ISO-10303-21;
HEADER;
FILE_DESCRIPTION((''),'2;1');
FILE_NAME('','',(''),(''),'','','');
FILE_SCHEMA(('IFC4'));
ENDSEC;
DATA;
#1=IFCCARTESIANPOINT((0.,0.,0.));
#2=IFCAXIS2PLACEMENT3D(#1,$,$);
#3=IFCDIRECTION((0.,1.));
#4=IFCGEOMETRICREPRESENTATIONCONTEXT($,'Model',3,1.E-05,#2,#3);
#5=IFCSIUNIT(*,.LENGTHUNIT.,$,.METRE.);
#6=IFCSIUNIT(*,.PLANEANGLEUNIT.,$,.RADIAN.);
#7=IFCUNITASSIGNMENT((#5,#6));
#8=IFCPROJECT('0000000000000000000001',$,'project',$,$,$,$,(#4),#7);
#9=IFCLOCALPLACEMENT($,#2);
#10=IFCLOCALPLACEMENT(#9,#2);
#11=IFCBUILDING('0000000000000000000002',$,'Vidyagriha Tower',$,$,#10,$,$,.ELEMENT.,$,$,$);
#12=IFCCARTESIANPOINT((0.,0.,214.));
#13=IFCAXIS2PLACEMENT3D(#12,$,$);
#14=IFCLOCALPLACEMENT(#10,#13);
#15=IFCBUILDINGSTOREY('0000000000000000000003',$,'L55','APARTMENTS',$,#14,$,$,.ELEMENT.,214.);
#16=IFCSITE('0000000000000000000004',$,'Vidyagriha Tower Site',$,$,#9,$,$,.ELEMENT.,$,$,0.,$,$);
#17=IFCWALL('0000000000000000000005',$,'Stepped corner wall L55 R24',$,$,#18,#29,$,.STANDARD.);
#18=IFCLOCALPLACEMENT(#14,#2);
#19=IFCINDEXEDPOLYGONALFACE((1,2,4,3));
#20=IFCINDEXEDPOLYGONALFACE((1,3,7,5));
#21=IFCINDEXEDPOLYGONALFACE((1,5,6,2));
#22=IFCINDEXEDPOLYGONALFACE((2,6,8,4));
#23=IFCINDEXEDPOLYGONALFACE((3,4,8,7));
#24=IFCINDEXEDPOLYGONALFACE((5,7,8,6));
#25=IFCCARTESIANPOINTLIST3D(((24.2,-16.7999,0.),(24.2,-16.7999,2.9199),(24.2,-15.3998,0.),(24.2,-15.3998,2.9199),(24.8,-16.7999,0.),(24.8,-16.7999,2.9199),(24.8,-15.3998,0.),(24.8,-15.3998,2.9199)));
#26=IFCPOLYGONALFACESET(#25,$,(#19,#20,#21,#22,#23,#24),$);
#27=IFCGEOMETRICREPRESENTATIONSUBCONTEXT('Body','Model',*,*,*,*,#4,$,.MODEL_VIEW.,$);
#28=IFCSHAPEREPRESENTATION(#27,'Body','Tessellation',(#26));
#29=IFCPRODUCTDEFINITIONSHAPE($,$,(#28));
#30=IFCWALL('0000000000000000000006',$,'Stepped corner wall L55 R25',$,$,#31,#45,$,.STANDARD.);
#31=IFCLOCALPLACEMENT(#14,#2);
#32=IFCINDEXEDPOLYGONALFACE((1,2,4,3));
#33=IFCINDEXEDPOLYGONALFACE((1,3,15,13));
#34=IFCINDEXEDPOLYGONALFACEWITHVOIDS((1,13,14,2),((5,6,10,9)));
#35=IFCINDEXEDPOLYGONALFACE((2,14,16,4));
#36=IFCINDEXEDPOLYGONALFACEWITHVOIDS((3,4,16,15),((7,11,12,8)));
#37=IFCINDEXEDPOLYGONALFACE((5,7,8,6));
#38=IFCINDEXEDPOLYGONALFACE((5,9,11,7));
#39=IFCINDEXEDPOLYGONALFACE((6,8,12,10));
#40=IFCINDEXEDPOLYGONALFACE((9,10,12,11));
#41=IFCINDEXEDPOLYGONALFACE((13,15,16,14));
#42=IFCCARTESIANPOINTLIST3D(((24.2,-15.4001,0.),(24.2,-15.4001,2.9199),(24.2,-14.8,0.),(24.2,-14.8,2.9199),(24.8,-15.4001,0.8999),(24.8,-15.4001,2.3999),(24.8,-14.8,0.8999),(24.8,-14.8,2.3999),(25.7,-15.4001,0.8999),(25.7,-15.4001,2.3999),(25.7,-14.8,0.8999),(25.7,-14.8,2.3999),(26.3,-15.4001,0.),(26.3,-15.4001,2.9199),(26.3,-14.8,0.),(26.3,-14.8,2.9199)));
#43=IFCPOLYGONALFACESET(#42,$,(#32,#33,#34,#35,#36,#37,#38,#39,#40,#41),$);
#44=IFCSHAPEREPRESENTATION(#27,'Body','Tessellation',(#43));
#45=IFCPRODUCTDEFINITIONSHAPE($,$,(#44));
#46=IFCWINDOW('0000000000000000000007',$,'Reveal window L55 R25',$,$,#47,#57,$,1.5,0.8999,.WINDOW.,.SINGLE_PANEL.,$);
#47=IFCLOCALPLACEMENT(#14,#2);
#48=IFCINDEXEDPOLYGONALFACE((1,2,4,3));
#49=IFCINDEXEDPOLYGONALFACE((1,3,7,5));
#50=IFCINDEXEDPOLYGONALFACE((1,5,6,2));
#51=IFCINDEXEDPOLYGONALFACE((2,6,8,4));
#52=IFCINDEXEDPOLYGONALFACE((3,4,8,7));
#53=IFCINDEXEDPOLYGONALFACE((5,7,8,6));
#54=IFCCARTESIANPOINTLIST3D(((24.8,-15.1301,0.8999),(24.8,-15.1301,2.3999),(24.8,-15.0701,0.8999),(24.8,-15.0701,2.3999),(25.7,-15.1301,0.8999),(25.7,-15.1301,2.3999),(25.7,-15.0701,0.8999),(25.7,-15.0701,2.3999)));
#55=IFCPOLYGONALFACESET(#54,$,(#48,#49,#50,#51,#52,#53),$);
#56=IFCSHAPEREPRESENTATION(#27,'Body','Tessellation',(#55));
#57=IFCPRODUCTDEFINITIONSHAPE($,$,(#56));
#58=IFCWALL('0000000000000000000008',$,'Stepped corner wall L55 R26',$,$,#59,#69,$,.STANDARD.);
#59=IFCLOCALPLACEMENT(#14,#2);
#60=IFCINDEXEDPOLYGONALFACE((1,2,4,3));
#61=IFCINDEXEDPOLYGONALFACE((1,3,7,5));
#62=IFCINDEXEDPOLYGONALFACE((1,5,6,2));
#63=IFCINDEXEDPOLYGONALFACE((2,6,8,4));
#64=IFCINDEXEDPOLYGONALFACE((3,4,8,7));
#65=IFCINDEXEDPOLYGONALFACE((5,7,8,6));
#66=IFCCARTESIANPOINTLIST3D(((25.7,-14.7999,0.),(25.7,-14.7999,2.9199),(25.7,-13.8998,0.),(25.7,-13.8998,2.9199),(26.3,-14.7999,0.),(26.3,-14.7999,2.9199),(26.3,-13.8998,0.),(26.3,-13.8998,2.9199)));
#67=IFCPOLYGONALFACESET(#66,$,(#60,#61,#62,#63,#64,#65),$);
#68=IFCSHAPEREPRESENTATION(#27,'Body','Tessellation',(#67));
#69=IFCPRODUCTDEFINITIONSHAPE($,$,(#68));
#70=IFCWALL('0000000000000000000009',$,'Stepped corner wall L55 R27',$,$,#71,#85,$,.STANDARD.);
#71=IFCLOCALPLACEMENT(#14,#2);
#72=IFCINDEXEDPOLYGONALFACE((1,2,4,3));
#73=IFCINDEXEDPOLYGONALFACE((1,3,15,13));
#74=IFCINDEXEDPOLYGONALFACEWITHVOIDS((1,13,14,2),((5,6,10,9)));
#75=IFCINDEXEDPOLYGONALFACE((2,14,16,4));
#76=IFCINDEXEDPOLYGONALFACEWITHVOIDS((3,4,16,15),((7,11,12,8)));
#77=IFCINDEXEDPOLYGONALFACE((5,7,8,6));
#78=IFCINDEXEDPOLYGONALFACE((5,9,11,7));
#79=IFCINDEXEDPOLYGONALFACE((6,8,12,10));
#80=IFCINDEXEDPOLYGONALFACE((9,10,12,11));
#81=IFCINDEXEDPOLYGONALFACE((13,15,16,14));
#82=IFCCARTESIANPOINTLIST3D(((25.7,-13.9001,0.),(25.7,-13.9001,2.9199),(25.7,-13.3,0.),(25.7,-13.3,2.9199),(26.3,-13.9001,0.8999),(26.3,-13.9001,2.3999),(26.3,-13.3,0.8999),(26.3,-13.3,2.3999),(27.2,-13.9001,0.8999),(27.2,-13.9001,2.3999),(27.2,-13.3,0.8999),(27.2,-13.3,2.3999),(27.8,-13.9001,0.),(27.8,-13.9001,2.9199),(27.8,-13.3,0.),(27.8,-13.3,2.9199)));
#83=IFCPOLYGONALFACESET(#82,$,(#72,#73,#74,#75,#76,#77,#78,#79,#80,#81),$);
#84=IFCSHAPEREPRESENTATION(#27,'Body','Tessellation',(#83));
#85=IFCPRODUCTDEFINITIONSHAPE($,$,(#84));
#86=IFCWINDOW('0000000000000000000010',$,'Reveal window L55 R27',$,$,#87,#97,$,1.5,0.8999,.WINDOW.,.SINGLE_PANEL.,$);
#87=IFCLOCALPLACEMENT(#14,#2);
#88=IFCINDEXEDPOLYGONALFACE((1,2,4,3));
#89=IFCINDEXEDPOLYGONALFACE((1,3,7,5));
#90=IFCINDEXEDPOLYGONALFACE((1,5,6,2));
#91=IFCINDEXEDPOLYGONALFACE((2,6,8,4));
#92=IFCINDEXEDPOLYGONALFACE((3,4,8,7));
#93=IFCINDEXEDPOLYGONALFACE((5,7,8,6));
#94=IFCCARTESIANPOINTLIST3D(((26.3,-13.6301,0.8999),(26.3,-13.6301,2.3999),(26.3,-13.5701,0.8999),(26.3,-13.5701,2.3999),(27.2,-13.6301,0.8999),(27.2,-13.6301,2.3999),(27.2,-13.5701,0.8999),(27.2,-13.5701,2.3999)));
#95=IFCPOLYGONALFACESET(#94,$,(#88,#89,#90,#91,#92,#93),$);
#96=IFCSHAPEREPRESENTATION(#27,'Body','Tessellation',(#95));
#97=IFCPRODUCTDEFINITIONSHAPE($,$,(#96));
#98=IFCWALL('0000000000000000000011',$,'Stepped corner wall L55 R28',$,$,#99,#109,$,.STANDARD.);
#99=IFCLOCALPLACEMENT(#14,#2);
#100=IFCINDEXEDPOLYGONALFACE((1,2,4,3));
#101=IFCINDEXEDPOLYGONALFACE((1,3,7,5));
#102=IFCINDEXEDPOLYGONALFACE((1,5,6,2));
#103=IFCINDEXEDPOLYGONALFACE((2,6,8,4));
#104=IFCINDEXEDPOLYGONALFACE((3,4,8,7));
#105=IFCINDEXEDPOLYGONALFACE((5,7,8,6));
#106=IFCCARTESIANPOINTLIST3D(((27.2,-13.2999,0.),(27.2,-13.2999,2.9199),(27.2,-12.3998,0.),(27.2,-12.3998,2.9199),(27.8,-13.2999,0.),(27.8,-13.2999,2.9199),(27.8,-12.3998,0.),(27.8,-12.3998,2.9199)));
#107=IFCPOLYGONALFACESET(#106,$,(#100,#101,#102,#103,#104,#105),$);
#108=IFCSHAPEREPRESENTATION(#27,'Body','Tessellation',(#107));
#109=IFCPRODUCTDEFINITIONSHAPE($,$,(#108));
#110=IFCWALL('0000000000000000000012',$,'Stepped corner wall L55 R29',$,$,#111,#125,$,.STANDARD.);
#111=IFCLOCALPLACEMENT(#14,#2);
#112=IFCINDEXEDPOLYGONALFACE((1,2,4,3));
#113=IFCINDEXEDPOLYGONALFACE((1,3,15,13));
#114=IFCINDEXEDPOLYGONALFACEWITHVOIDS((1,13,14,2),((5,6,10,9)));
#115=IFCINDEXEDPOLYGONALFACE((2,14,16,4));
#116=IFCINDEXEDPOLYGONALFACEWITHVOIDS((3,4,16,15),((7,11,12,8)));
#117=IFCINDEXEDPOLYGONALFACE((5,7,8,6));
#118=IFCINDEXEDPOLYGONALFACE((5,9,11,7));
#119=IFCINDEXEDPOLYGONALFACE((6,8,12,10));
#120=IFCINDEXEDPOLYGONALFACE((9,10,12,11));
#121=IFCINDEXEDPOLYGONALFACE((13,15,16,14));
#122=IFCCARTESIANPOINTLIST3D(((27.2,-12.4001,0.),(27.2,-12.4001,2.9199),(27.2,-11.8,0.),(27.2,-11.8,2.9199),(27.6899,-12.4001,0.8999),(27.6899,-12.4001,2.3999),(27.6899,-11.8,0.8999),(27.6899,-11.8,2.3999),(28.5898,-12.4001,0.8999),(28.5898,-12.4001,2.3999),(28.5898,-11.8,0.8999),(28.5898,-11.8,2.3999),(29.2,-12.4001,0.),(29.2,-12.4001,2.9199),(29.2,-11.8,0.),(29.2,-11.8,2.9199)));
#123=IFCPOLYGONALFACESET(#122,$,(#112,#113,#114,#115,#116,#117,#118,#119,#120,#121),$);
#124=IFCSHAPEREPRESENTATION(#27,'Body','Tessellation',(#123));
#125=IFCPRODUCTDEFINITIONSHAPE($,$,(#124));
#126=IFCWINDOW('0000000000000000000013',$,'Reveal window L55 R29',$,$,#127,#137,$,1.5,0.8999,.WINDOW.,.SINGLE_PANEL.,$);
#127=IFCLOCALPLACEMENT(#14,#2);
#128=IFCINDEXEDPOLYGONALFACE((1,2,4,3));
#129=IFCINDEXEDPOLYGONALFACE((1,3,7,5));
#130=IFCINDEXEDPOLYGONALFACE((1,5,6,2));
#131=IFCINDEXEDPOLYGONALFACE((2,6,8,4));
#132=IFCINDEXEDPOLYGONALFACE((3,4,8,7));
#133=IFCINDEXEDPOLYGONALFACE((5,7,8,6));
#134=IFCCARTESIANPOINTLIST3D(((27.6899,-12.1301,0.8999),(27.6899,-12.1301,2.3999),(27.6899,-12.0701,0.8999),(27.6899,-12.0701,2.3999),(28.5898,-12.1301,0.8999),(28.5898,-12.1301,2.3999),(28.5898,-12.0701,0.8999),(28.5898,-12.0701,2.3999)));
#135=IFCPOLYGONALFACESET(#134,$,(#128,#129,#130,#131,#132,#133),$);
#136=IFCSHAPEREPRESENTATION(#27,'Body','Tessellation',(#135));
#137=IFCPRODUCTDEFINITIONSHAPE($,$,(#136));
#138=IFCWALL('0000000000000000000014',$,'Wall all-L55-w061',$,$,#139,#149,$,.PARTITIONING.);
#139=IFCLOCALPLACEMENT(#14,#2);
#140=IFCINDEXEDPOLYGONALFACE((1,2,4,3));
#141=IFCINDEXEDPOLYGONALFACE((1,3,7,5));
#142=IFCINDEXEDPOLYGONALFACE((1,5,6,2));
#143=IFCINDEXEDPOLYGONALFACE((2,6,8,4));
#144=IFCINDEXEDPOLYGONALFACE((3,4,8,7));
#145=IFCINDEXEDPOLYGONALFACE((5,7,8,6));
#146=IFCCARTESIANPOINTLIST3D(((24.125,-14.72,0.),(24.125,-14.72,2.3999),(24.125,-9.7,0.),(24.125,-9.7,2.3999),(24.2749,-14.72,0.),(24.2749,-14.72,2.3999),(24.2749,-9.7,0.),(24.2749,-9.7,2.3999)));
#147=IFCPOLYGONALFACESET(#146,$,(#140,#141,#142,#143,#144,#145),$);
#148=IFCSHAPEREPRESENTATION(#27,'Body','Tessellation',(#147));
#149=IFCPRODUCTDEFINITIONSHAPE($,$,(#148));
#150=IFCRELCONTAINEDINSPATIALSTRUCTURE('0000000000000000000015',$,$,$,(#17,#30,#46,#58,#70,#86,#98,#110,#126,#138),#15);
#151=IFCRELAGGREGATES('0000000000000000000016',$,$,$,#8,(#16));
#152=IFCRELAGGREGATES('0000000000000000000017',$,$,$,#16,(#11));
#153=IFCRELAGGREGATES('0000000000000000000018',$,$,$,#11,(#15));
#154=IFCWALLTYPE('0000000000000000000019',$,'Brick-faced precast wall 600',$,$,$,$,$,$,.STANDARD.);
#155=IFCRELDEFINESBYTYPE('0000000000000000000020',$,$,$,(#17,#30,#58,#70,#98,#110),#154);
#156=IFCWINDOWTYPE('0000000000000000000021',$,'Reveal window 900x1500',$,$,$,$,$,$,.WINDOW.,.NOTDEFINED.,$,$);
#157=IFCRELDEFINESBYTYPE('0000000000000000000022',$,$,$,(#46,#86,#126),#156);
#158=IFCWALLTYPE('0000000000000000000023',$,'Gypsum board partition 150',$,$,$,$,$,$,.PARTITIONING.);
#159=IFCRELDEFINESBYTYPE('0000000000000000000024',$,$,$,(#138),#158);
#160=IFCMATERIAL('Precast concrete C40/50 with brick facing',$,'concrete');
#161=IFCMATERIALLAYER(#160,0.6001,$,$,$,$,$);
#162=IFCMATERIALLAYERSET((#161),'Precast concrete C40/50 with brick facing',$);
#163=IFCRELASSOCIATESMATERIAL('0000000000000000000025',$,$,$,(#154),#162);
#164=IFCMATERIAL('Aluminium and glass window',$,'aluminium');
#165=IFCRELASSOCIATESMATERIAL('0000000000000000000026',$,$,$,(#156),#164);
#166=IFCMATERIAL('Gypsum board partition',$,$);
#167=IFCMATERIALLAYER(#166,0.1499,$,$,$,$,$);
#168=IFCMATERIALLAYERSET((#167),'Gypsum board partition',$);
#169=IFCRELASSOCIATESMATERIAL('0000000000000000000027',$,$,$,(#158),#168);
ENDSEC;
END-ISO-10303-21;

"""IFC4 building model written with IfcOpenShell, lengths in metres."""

from ifc_helpers import new_model, si_unit, direction, frame, frame_2d, origin, place, context, subcontext, project, spatial, rectangle, extrude, material, layer, layer_set, type_object, element, fill, save


model = new_model("IFC4")

# Units and contexts
model_context = context("Model", 3, precision=1e-05, world=origin(), true_north=direction((0.0, 1.0)))
body_context = subcontext(model_context, "Body", "Model", "MODEL_VIEW")
ifc_project = project(units=[si_unit("LENGTHUNIT", "METRE"), si_unit("PLANEANGLEUNIT", "RADIAN")], contexts=[model_context])

# Site, building, storey
site_placement = place(None, origin())
site = spatial("IfcSite", under=ifc_project, at=site_placement, Name="Vidyagriha Tower Site", CompositionType="ELEMENT", RefElevation=0.0)
building_placement = place(site_placement, origin())
building = spatial("IfcBuilding", under=site, at=building_placement, Name="Vidyagriha Tower", CompositionType="ELEMENT")
storey_placement = place(building_placement, frame((0.0, 0.0, 214.0)))
storey = spatial("IfcBuildingStorey", under=building, at=storey_placement, Name="L55", Description="APARTMENTS", CompositionType="ELEMENT", Elevation=214.0)

# Shared definitions
ifc_material_1 = material(Name="Precast concrete C40/50 with brick facing", Category="concrete")
ifc_layer_1 = layer(ifc_material_1, 0.6001)
ifc_layer_set_1 = layer_set([ifc_layer_1], Name="Precast concrete C40/50 with brick facing")
wall_type_1 = type_object("IfcWallType", Name="Brick-faced precast wall 600", PredefinedType="STANDARD", material=ifc_layer_set_1)

# Wall
wall_1_placement = place(storey_placement, frame((24.5, -16.8, 0.0), z_axis=(0.0, 0.0, 1.0), x_axis=(0.0, 1.0, 0.0)))
element("IfcWall", 1, at=wall_1_placement, inside=storey, type_object=wall_type_1, Name="Stepped corner wall L55 R24", PredefinedType="STANDARD", context=body_context, shape_type="SweptSolid", body=[
    extrude(rectangle(XDim=1.4001, YDim=0.6001, at=frame_2d((0.7002, 0.0))), origin(), (0.0, 0.0, 1.0), 2.9199),
])

# Wall, opening, window
wall_2_placement = place(storey_placement, frame((24.2, -15.1001, 0.0)))
wall_2 = element("IfcWall", 2, at=wall_2_placement, inside=storey, type_object=wall_type_1, Name="Stepped corner wall L55 R25", PredefinedType="STANDARD", context=body_context, shape_type="SweptSolid", body=[
    extrude(rectangle(XDim=2.1001, YDim=0.6001, at=frame_2d((1.05, 0.0))), origin(), (0.0, 0.0, 1.0), 2.9199),
])
opening_1_placement = place(wall_2_placement, frame((0.6001, 0.0, 0.8999)))
opening_1 = element("IfcOpeningElement", 3, at=opening_1_placement, cuts=wall_2, PredefinedType="OPENING", context=body_context, shape_type="SweptSolid", body=[
    extrude(rectangle(XDim=0.8999, YDim=1.5, at=frame_2d((0.45, 0.75))), frame((0.0, 0.3101, 0.0), z_axis=(0.0, -1.0, 0.0), x_axis=(1.0, 0.0, 0.0)), (0.0, 0.0, 1.0), 0.6201),
])
ifc_material_2 = material(Name="Aluminium and glass window", Category="aluminium")
window_type = type_object("IfcWindowType", Name="Reveal window 900x1500", PartitioningType="NOTDEFINED", PredefinedType="WINDOW", material=ifc_material_2)
window_1_placement = place(opening_1_placement, origin())
window_1 = element("IfcWindow", 4, at=window_1_placement, inside=storey, type_object=window_type, Name="Reveal window L55 R25", OverallHeight=1.5, OverallWidth=0.8999, PartitioningType="SINGLE_PANEL", PredefinedType="WINDOW", context=body_context, shape_type="SweptSolid", body=[
    extrude(rectangle(XDim=0.8999, YDim=1.5, at=frame_2d((0.45, 0.75))), frame((0.0, 0.03, 0.0), z_axis=(0.0, -1.0, 0.0), x_axis=(1.0, 0.0, 0.0)), (0.0, 0.0, 1.0), 0.0601),
])
fill(opening_1, window_1)

# Wall
wall_3_placement = place(storey_placement, frame((26.0, -14.8, 0.0), z_axis=(0.0, 0.0, 1.0), x_axis=(0.0, 1.0, 0.0)))
element("IfcWall", 5, at=wall_3_placement, inside=storey, type_object=wall_type_1, Name="Stepped corner wall L55 R26", PredefinedType="STANDARD", context=body_context, shape_type="SweptSolid", body=[
    extrude(rectangle(XDim=0.9001, YDim=0.6001, at=frame_2d((0.4502, 0.0))), origin(), (0.0, 0.0, 1.0), 2.9199),
])

# Wall, opening, window
wall_4_placement = place(storey_placement, frame((25.7, -13.6001, 0.0)))
wall_4 = element("IfcWall", 6, at=wall_4_placement, inside=storey, type_object=wall_type_1, Name="Stepped corner wall L55 R27", PredefinedType="STANDARD", context=body_context, shape_type="SweptSolid", body=[
    extrude(rectangle(XDim=2.1001, YDim=0.6001, at=frame_2d((1.05, 0.0))), origin(), (0.0, 0.0, 1.0), 2.9199),
])
opening_2_placement = place(wall_4_placement, frame((0.6001, 0.0, 0.8999)))
opening_2 = element("IfcOpeningElement", 7, at=opening_2_placement, cuts=wall_4, PredefinedType="OPENING", context=body_context, shape_type="SweptSolid", body=[
    extrude(rectangle(XDim=0.8999, YDim=1.5, at=frame_2d((0.45, 0.75))), frame((0.0, 0.3101, 0.0), z_axis=(0.0, -1.0, 0.0), x_axis=(1.0, 0.0, 0.0)), (0.0, 0.0, 1.0), 0.6201),
])
window_2_placement = place(opening_2_placement, origin())
window_2 = element("IfcWindow", 8, at=window_2_placement, inside=storey, type_object=window_type, Name="Reveal window L55 R27", OverallHeight=1.5, OverallWidth=0.8999, PartitioningType="SINGLE_PANEL", PredefinedType="WINDOW", context=body_context, shape_type="SweptSolid", body=[
    extrude(rectangle(XDim=0.8999, YDim=1.5, at=frame_2d((0.45, 0.75))), frame((0.0, 0.03, 0.0), z_axis=(0.0, -1.0, 0.0), x_axis=(1.0, 0.0, 0.0)), (0.0, 0.0, 1.0), 0.0601),
])
fill(opening_2, window_2)

# Wall
wall_5_placement = place(storey_placement, frame((27.5, -13.3, 0.0), z_axis=(0.0, 0.0, 1.0), x_axis=(0.0, 1.0, 0.0)))
element("IfcWall", 9, at=wall_5_placement, inside=storey, type_object=wall_type_1, Name="Stepped corner wall L55 R28", PredefinedType="STANDARD", context=body_context, shape_type="SweptSolid", body=[
    extrude(rectangle(XDim=0.9001, YDim=0.6001, at=frame_2d((0.4502, 0.0))), origin(), (0.0, 0.0, 1.0), 2.9199),
])

# Wall, opening, window
wall_6_placement = place(storey_placement, frame((27.2, -12.1001, 0.0)))
wall_6 = element("IfcWall", 10, at=wall_6_placement, inside=storey, type_object=wall_type_1, Name="Stepped corner wall L55 R29", PredefinedType="STANDARD", context=body_context, shape_type="SweptSolid", body=[
    extrude(rectangle(XDim=2.0, YDim=0.6001, at=frame_2d((1.0, 0.0))), origin(), (0.0, 0.0, 1.0), 2.9199),
])
opening_3_placement = place(wall_6_placement, frame((0.49, 0.0, 0.8999)))
opening_3 = element("IfcOpeningElement", 11, at=opening_3_placement, cuts=wall_6, PredefinedType="OPENING", context=body_context, shape_type="SweptSolid", body=[
    extrude(rectangle(XDim=0.8999, YDim=1.5, at=frame_2d((0.45, 0.75))), frame((0.0, 0.3101, 0.0), z_axis=(0.0, -1.0, 0.0), x_axis=(1.0, 0.0, 0.0)), (0.0, 0.0, 1.0), 0.6201),
])
window_3_placement = place(opening_3_placement, origin())
window_3 = element("IfcWindow", 12, at=window_3_placement, inside=storey, type_object=window_type, Name="Reveal window L55 R29", OverallHeight=1.5, OverallWidth=0.8999, PartitioningType="SINGLE_PANEL", PredefinedType="WINDOW", context=body_context, shape_type="SweptSolid", body=[
    extrude(rectangle(XDim=0.8999, YDim=1.5, at=frame_2d((0.45, 0.75))), frame((0.0, 0.03, 0.0), z_axis=(0.0, -1.0, 0.0), x_axis=(1.0, 0.0, 0.0)), (0.0, 0.0, 1.0), 0.0601),
])
fill(opening_3, window_3)

# Wall
ifc_material_3 = material(Name="Gypsum board partition")
ifc_layer_2 = layer(ifc_material_3, 0.1499)
ifc_layer_set_2 = layer_set([ifc_layer_2], Name="Gypsum board partition")
wall_type_2 = type_object("IfcWallType", Name="Gypsum board partition 150", PredefinedType="PARTITIONING", material=ifc_layer_set_2)
wall_7_placement = place(storey_placement, frame((24.2, -9.7, 0.0), z_axis=(0.0, 0.0, 1.0), x_axis=(0.0, -1.0, 0.0)))
element("IfcWall", 13, at=wall_7_placement, inside=storey, type_object=wall_type_2, Name="Wall all-L55-w061", PredefinedType="PARTITIONING", context=body_context, shape_type="SweptSolid", body=[
    extrude(rectangle(XDim=5.02, YDim=0.1499, at=frame_2d((2.51, 0.0))), origin(), (0.0, 0.0, 1.0), 2.3999),
])

save(model, "model.ifc")
